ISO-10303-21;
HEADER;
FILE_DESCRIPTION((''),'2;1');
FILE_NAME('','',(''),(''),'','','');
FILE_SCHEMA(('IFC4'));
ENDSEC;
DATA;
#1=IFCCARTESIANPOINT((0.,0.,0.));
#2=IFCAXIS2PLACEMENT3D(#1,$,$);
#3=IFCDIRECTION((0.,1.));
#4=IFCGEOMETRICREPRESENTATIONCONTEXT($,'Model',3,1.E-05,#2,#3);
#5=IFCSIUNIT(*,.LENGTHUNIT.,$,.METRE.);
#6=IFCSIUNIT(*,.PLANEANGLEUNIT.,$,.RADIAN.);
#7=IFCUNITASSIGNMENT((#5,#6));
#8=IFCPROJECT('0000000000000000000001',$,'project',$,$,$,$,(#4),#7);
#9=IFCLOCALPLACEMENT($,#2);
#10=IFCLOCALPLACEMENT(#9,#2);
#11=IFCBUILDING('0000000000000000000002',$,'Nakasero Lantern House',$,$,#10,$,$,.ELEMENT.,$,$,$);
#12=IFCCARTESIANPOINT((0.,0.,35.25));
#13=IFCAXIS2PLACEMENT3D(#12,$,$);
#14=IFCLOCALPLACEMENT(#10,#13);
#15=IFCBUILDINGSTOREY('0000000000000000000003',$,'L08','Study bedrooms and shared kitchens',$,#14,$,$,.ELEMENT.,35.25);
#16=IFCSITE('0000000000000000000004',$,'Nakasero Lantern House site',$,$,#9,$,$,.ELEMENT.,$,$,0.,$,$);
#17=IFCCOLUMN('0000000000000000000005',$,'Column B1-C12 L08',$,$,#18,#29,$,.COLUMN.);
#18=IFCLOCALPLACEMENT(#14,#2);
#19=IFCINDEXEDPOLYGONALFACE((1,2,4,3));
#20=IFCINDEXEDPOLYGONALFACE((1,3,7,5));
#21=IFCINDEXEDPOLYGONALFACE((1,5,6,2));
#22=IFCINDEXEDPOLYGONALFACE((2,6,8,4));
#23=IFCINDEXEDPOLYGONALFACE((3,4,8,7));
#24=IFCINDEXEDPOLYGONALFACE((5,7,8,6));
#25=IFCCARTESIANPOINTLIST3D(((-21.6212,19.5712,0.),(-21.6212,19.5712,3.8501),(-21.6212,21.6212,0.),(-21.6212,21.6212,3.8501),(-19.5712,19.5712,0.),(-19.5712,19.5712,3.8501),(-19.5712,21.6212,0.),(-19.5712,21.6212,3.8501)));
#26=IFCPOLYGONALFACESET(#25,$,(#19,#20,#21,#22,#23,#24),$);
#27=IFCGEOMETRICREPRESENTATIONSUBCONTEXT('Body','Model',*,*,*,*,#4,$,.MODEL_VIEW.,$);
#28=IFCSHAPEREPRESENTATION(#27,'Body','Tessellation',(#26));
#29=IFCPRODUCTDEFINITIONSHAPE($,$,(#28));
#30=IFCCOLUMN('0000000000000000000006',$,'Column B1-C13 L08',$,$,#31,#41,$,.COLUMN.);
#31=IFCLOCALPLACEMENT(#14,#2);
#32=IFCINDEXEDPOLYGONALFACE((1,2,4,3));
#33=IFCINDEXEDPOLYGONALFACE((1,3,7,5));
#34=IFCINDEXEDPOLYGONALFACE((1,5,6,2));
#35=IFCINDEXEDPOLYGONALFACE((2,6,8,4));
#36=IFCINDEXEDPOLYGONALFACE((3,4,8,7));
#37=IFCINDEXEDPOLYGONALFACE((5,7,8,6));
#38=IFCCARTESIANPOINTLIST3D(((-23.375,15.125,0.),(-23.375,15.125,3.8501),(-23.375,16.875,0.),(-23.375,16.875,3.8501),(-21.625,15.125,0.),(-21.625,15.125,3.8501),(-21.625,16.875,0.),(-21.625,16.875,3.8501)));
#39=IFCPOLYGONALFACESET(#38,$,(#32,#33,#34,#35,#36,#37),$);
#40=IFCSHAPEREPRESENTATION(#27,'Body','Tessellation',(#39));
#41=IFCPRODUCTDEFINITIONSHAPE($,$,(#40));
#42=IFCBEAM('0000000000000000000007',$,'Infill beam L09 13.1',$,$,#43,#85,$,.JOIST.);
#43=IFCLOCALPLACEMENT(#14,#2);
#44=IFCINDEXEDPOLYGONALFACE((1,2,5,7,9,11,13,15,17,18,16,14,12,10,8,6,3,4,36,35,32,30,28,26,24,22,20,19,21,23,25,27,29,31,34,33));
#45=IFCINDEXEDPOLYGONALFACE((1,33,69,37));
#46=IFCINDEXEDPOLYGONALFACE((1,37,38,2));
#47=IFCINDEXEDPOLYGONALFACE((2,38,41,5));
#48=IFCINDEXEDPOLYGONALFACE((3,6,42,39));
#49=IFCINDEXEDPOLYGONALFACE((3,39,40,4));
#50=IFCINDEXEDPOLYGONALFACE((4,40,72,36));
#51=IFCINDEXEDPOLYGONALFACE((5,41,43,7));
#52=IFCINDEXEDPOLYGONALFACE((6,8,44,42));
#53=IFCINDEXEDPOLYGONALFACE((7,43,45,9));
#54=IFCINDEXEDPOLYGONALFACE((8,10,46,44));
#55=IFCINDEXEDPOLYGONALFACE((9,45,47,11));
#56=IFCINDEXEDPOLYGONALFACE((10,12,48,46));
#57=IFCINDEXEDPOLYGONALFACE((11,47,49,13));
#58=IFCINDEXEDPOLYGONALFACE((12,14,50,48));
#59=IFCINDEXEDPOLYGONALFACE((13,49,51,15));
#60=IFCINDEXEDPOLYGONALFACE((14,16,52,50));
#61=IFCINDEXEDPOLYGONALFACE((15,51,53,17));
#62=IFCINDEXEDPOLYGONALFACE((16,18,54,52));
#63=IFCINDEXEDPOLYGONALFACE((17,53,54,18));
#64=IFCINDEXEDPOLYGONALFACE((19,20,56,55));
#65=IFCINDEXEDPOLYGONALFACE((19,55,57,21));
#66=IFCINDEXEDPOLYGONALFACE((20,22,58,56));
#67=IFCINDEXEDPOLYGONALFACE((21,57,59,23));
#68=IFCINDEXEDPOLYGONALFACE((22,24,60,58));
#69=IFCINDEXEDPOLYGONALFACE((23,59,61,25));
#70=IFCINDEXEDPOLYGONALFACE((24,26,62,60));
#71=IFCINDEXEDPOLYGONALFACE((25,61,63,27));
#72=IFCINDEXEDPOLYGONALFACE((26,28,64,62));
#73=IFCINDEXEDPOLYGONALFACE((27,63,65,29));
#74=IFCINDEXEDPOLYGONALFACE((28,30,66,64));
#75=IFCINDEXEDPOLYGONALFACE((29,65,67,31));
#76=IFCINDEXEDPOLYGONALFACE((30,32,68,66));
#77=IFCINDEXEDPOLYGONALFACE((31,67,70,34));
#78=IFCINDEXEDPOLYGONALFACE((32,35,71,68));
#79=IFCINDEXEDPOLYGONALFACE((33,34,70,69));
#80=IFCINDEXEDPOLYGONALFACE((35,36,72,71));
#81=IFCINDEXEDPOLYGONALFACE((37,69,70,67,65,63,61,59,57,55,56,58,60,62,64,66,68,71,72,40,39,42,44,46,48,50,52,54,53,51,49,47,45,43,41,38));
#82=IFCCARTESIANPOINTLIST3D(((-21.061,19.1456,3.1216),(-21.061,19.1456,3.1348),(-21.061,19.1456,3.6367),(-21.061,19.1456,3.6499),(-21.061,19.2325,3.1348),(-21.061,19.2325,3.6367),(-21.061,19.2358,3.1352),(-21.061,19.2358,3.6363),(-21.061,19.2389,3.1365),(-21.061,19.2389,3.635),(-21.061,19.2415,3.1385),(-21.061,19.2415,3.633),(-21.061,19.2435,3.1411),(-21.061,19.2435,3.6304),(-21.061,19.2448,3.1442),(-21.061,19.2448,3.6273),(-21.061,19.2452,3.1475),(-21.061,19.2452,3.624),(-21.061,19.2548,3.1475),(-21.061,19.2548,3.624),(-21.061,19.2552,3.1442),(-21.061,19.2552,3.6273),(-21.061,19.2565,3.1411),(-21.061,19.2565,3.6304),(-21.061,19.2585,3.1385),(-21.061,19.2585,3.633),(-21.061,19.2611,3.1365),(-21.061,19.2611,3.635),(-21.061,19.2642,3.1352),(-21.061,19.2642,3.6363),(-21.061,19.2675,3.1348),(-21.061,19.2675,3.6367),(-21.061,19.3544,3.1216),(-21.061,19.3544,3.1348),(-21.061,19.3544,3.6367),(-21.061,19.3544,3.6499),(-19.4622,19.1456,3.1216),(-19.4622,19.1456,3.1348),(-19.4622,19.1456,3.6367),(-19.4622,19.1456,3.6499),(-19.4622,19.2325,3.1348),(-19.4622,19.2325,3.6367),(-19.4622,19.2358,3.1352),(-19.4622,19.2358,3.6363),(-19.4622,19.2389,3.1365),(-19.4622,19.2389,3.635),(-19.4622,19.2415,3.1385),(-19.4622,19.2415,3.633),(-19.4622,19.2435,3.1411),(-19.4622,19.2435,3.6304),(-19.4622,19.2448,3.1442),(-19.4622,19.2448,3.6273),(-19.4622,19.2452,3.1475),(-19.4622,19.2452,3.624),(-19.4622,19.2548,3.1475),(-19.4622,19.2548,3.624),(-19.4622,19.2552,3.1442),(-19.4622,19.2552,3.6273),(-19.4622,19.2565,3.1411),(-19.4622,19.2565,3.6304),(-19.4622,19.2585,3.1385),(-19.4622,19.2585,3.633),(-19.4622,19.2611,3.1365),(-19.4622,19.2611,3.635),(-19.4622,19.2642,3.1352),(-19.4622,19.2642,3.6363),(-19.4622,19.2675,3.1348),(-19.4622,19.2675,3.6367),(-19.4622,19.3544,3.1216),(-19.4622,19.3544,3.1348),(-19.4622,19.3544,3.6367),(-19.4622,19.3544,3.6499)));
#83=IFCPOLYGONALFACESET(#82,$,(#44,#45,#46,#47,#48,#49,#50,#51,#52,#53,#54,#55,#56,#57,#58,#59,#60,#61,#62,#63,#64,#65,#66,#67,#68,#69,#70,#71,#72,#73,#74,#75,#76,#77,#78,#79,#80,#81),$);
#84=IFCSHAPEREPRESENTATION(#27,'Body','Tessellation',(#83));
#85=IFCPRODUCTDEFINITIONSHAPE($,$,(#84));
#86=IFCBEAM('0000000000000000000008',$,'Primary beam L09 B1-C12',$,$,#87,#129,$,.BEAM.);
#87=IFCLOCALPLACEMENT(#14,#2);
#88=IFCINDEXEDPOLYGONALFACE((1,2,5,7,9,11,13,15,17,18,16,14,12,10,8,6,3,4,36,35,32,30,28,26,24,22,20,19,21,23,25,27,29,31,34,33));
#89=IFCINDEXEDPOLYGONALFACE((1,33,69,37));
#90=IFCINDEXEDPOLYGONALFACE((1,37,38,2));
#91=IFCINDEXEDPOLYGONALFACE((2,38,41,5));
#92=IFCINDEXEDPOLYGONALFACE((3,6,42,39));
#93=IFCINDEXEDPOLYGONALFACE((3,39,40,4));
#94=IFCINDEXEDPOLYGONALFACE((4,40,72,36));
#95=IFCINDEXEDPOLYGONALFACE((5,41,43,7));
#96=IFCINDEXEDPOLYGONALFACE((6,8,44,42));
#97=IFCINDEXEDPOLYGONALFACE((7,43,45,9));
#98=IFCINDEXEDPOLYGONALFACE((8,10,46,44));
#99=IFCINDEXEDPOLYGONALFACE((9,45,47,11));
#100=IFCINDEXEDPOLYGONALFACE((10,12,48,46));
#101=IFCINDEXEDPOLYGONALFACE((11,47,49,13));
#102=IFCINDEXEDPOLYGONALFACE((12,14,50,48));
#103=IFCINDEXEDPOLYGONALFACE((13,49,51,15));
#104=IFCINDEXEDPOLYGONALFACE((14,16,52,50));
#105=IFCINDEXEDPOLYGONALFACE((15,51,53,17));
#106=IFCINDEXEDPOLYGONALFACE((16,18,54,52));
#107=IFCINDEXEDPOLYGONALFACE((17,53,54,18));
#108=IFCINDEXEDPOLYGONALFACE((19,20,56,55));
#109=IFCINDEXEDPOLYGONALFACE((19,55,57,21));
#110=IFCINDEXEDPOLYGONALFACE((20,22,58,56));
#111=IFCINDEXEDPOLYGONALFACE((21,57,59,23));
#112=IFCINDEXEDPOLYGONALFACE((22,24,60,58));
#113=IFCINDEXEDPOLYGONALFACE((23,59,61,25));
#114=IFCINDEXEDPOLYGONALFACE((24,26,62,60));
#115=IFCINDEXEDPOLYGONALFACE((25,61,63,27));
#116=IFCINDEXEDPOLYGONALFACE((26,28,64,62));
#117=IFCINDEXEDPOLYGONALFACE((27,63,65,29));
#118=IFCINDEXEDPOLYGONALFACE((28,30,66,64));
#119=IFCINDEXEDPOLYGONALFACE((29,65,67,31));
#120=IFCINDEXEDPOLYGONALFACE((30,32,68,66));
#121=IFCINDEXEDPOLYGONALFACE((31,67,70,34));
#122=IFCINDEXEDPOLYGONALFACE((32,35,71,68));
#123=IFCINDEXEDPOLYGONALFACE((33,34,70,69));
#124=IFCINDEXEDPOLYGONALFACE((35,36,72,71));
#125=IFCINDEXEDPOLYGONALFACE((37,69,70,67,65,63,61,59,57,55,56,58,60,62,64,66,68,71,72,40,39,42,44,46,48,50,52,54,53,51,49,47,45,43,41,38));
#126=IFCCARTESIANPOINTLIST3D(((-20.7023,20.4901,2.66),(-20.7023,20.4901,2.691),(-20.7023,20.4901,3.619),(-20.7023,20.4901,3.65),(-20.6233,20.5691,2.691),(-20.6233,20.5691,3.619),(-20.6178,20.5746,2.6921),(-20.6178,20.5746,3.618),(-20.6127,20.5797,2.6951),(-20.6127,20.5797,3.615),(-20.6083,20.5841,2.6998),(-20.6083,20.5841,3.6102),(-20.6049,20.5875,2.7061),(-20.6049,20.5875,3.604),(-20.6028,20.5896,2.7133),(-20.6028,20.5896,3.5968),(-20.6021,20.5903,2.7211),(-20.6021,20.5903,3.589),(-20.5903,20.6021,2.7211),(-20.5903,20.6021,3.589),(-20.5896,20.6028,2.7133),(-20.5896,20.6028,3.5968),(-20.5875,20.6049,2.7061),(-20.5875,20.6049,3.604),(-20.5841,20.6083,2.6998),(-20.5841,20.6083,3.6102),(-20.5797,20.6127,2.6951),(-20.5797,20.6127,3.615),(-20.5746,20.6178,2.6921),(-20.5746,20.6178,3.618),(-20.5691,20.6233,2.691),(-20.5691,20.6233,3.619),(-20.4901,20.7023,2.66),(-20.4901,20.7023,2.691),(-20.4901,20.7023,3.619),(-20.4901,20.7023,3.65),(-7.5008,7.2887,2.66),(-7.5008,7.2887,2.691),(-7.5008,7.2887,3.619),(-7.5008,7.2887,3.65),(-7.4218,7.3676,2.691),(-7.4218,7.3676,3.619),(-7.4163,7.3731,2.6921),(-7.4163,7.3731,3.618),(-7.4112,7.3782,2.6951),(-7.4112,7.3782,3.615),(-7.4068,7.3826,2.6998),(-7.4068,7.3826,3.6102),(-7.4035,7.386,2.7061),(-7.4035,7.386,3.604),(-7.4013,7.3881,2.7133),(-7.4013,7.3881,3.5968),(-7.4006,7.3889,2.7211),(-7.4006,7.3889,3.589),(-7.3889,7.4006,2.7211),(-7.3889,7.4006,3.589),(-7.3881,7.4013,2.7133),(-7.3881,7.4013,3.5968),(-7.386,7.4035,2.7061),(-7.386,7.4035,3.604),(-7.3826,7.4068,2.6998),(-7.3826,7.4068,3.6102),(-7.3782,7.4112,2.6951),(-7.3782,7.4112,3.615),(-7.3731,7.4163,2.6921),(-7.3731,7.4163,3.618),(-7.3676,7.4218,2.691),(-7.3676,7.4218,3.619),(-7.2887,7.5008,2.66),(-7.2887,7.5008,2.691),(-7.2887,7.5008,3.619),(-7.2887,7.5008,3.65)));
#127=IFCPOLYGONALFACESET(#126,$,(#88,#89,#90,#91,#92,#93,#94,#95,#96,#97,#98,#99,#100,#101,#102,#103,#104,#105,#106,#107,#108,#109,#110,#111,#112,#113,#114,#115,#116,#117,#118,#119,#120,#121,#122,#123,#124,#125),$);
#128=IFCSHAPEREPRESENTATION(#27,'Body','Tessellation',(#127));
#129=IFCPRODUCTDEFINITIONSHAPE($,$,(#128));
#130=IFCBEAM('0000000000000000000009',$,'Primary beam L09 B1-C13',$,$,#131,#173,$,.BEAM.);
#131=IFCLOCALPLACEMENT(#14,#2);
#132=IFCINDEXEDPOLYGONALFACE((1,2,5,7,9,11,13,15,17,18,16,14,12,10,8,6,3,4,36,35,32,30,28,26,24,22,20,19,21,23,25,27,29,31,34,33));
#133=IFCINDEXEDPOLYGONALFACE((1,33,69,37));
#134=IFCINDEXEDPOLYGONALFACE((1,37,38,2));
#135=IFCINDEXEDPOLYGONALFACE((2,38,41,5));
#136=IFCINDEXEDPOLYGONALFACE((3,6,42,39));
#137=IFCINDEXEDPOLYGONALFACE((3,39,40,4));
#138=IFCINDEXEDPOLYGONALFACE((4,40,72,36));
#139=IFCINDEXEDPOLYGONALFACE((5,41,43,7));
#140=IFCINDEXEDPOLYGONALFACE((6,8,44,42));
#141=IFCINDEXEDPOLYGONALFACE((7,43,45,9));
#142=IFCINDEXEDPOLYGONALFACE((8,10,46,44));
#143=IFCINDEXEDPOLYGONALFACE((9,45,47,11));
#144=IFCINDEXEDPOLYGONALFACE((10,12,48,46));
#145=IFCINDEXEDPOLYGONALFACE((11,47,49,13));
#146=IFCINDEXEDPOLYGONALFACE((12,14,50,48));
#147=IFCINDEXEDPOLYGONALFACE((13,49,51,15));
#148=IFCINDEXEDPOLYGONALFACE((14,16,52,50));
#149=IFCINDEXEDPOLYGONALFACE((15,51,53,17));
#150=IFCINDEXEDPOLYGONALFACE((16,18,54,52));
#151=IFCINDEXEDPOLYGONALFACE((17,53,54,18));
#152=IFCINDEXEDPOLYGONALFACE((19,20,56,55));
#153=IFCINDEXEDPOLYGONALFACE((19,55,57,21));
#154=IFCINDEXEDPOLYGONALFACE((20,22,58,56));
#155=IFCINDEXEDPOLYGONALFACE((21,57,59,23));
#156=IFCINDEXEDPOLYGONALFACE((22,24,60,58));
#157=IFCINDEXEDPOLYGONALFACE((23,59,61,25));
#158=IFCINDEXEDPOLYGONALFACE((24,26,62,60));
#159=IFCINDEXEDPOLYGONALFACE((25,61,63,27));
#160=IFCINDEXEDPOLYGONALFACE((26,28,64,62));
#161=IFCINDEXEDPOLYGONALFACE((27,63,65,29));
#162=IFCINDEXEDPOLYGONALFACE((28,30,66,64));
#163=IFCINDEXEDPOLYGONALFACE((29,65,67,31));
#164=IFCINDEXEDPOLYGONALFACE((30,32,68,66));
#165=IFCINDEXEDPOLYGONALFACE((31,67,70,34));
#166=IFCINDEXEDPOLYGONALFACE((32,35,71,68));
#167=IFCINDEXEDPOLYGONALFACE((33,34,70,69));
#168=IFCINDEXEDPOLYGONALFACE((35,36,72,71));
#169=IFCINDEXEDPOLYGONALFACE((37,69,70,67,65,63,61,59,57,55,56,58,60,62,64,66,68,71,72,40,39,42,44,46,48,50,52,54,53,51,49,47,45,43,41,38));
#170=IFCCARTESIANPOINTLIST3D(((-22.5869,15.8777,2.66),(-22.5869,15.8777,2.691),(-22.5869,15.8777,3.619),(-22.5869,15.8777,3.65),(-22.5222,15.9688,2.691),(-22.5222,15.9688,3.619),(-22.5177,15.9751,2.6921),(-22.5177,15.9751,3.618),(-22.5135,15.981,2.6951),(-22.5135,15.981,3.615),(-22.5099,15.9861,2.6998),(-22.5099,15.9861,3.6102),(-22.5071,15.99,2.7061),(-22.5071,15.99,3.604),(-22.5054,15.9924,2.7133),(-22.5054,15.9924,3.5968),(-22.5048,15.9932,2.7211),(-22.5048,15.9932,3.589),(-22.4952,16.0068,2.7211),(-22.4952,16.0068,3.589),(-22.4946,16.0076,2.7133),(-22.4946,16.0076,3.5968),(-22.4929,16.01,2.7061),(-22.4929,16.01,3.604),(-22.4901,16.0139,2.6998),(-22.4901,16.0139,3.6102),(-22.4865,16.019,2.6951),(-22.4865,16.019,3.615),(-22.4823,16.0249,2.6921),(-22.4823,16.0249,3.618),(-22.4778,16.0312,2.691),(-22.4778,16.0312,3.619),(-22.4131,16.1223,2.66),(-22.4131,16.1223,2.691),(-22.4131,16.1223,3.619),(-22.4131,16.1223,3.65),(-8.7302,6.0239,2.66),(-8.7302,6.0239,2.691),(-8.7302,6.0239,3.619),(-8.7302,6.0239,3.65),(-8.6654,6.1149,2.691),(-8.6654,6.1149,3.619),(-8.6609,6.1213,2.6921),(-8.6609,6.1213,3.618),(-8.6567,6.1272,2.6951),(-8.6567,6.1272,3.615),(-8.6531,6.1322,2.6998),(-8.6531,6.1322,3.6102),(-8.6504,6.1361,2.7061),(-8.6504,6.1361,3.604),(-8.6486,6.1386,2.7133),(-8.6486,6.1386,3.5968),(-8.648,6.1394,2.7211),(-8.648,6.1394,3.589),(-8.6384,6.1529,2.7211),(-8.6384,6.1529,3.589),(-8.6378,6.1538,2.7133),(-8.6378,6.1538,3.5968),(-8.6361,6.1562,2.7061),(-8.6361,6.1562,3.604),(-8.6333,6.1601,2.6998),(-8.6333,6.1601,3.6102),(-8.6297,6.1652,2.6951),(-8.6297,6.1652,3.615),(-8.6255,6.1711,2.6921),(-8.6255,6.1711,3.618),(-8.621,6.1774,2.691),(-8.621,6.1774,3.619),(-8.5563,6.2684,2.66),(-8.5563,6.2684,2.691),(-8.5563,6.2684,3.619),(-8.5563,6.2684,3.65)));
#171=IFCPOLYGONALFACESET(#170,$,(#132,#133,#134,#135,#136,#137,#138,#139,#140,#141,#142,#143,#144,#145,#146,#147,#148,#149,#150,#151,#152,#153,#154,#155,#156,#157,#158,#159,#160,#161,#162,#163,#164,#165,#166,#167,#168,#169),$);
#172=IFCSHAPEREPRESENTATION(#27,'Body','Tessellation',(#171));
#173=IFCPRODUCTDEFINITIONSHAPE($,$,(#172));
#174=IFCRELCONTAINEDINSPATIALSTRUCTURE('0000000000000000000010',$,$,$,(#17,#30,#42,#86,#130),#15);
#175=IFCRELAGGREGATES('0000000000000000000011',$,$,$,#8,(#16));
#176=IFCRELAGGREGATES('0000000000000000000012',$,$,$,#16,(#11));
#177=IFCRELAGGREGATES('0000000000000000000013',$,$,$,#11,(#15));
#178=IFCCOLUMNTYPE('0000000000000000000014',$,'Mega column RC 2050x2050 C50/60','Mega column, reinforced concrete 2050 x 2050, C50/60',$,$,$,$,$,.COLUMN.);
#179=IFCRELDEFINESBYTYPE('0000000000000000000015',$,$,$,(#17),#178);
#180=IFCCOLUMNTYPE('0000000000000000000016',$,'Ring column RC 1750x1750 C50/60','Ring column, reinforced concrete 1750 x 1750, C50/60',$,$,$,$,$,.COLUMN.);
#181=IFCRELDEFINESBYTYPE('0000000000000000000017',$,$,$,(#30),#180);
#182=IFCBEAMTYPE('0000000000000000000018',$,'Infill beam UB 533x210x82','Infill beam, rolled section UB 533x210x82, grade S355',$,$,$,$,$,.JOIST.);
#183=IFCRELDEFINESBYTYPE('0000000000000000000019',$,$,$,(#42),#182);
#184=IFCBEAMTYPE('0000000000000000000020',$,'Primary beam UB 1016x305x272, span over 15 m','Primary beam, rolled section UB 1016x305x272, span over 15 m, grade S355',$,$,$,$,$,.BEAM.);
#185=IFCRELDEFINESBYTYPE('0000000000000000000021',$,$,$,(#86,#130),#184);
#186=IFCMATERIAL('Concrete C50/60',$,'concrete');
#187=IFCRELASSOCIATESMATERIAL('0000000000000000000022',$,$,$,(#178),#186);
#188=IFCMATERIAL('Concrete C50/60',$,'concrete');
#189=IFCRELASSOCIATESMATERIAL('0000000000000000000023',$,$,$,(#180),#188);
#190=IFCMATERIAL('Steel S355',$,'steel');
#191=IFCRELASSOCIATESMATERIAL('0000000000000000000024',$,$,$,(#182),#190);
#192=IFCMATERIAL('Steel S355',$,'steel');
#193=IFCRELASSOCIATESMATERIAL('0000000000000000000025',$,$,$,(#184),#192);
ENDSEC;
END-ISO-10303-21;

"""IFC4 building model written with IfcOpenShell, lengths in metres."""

from ifc_helpers import new_model, si_unit, direction, frame, origin, origin_2d, place, context, subcontext, project, spatial, rectangle, i_section, extrude, material, material_profile, profile_set, type_object, element, save


model = new_model("IFC4")

# Units and contexts
model_context = context("Model", 3, precision=1e-05, world=origin(), true_north=direction((0.0, 1.0)))
body_context = subcontext(model_context, "Body", "Model", "MODEL_VIEW")
ifc_project = project(units=[si_unit("LENGTHUNIT", "METRE"), si_unit("PLANEANGLEUNIT", "RADIAN")], contexts=[model_context])

# Site, building, storey
site_placement = place(None, origin())
site = spatial("IfcSite", under=ifc_project, at=site_placement, Name="Nakasero Lantern House site", CompositionType="ELEMENT", RefElevation=0.0)
building_placement = place(site_placement, origin())
building = spatial("IfcBuilding", under=site, at=building_placement, Name="Nakasero Lantern House", CompositionType="ELEMENT")
storey_placement = place(building_placement, frame((0.0, 0.0, 35.25)))
storey = spatial("IfcBuildingStorey", under=building, at=storey_placement, Name="L08", Description="Study bedrooms and shared kitchens", CompositionType="ELEMENT", Elevation=35.25)

# Columns
ifc_material_1 = material(Name="Concrete C50/60", Category="concrete")
ifc_material_profile_1 = material_profile(ifc_material_1, rectangle(XDim=2.05, YDim=2.05, at=origin_2d()), Name="RC 2050x2050")
ifc_profile_set_1 = profile_set([ifc_material_profile_1], Name="Concrete C50/60")
column_type_1 = type_object("IfcColumnType", Name="Mega column RC 2050x2050 C50/60", Description="Mega column, reinforced concrete 2050 x 2050, C50/60", PredefinedType="COLUMN", material=ifc_profile_set_1)
column_1_placement = place(storey_placement, frame((-20.5962, 20.5962, 0.0), z_axis=(0.0, 0.0, 1.0), x_axis=(1.0, 0.0, 0.0)))
element("IfcColumn", 1, at=column_1_placement, inside=storey, type_object=column_type_1, Name="Column B1-C12 L08", PredefinedType="COLUMN", context=body_context, shape_type="SweptSolid", body=[
    extrude(rectangle(XDim=2.05, YDim=2.05, at=origin_2d()), origin(), (0.0, 0.0, 1.0), 3.8501),
])
ifc_material_2 = material(Name="Concrete C50/60", Category="concrete")
ifc_material_profile_2 = material_profile(ifc_material_2, rectangle(XDim=1.75, YDim=1.75, at=origin_2d()), Name="RC 1750x1750")
ifc_profile_set_2 = profile_set([ifc_material_profile_2], Name="Concrete C50/60")
column_type_2 = type_object("IfcColumnType", Name="Ring column RC 1750x1750 C50/60", Description="Ring column, reinforced concrete 1750 x 1750, C50/60", PredefinedType="COLUMN", material=ifc_profile_set_2)
column_2_placement = place(storey_placement, frame((-22.5, 16.0, 0.0), z_axis=(0.0, 0.0, 1.0), x_axis=(1.0, 0.0, 0.0)))
element("IfcColumn", 2, at=column_2_placement, inside=storey, type_object=column_type_2, Name="Column B1-C13 L08", PredefinedType="COLUMN", context=body_context, shape_type="SweptSolid", body=[
    extrude(rectangle(XDim=1.75, YDim=1.75, at=origin_2d()), origin(), (0.0, 0.0, 1.0), 3.8501),
])

# Beams
ifc_material_3 = material(Name="Steel S355", Category="steel")
ifc_material_profile_3 = material_profile(ifc_material_3, i_section(OverallWidth=0.2087, OverallDepth=0.5283, WebThickness=0.0095, FlangeThickness=0.0132, FilletRadius=0.0127, at=origin_2d()), Name="UB 533x210x82")
ifc_profile_set_3 = profile_set([ifc_material_profile_3], Name="Steel S355")
beam_type_1 = type_object("IfcBeamType", Name="Infill beam UB 533x210x82", Description="Infill beam, rolled section UB 533x210x82, grade S355", PredefinedType="JOIST", material=ifc_profile_set_3)
beam_1_placement = place(storey_placement, frame((-21.061, 19.25, 3.3857), z_axis=(1.0, 0.0, 0.0), x_axis=(0.0, 1.0, 0.0)))
element("IfcBeam", 3, at=beam_1_placement, inside=storey, type_object=beam_type_1, Name="Infill beam L09 13.1", PredefinedType="JOIST", context=body_context, shape_type="SweptSolid", body=[
    extrude(i_section(OverallWidth=0.2087, OverallDepth=0.5283, WebThickness=0.0095, FlangeThickness=0.0132, FilletRadius=0.0127, at=origin_2d()), origin(), (0.0, 0.0, 1.0), 1.5989),
])
ifc_material_4 = material(Name="Steel S355", Category="steel")
ifc_material_profile_4 = material_profile(ifc_material_4, i_section(OverallWidth=0.3, OverallDepth=0.99, WebThickness=0.0166, FlangeThickness=0.031, FilletRadius=0.03, at=origin_2d()), Name="UB 1016x305x272")
ifc_profile_set_4 = profile_set([ifc_material_profile_4], Name="Steel S355")
beam_type_2 = type_object("IfcBeamType", Name="Primary beam UB 1016x305x272, span over 15 m", Description="Primary beam, rolled section UB 1016x305x272, span over 15 m, grade S355", PredefinedType="BEAM", material=ifc_profile_set_4)
beam_2_placement = place(storey_placement, frame((-20.5962, 20.5962, 3.155), z_axis=(0.707107, -0.707107, 0.0), x_axis=(0.707107, 0.707107, 0.0)))
element("IfcBeam", 4, at=beam_2_placement, inside=storey, type_object=beam_type_2, Name="Primary beam L09 B1-C12", PredefinedType="BEAM", context=body_context, shape_type="SweptSolid", body=[
    extrude(i_section(OverallWidth=0.3, OverallDepth=0.99, WebThickness=0.0166, FlangeThickness=0.031, FilletRadius=0.03, at=origin_2d()), origin(), (0.0, 0.0, 1.0), 18.6697),
])
beam_3_placement = place(storey_placement, frame((-22.5, 16.0, 3.155), z_axis=(0.814952, -0.579528, 0.0), x_axis=(0.579528, 0.814952, 0.0)))
element("IfcBeam", 5, at=beam_3_placement, inside=storey, type_object=beam_type_2, Name="Primary beam L09 B1-C13", PredefinedType="BEAM", context=body_context, shape_type="SweptSolid", body=[
    extrude(i_section(OverallWidth=0.3, OverallDepth=0.99, WebThickness=0.0166, FlangeThickness=0.031, FilletRadius=0.03, at=origin_2d()), origin(), (0.0, 0.0, 1.0), 17.0032),
])

save(model, "model.ifc")
